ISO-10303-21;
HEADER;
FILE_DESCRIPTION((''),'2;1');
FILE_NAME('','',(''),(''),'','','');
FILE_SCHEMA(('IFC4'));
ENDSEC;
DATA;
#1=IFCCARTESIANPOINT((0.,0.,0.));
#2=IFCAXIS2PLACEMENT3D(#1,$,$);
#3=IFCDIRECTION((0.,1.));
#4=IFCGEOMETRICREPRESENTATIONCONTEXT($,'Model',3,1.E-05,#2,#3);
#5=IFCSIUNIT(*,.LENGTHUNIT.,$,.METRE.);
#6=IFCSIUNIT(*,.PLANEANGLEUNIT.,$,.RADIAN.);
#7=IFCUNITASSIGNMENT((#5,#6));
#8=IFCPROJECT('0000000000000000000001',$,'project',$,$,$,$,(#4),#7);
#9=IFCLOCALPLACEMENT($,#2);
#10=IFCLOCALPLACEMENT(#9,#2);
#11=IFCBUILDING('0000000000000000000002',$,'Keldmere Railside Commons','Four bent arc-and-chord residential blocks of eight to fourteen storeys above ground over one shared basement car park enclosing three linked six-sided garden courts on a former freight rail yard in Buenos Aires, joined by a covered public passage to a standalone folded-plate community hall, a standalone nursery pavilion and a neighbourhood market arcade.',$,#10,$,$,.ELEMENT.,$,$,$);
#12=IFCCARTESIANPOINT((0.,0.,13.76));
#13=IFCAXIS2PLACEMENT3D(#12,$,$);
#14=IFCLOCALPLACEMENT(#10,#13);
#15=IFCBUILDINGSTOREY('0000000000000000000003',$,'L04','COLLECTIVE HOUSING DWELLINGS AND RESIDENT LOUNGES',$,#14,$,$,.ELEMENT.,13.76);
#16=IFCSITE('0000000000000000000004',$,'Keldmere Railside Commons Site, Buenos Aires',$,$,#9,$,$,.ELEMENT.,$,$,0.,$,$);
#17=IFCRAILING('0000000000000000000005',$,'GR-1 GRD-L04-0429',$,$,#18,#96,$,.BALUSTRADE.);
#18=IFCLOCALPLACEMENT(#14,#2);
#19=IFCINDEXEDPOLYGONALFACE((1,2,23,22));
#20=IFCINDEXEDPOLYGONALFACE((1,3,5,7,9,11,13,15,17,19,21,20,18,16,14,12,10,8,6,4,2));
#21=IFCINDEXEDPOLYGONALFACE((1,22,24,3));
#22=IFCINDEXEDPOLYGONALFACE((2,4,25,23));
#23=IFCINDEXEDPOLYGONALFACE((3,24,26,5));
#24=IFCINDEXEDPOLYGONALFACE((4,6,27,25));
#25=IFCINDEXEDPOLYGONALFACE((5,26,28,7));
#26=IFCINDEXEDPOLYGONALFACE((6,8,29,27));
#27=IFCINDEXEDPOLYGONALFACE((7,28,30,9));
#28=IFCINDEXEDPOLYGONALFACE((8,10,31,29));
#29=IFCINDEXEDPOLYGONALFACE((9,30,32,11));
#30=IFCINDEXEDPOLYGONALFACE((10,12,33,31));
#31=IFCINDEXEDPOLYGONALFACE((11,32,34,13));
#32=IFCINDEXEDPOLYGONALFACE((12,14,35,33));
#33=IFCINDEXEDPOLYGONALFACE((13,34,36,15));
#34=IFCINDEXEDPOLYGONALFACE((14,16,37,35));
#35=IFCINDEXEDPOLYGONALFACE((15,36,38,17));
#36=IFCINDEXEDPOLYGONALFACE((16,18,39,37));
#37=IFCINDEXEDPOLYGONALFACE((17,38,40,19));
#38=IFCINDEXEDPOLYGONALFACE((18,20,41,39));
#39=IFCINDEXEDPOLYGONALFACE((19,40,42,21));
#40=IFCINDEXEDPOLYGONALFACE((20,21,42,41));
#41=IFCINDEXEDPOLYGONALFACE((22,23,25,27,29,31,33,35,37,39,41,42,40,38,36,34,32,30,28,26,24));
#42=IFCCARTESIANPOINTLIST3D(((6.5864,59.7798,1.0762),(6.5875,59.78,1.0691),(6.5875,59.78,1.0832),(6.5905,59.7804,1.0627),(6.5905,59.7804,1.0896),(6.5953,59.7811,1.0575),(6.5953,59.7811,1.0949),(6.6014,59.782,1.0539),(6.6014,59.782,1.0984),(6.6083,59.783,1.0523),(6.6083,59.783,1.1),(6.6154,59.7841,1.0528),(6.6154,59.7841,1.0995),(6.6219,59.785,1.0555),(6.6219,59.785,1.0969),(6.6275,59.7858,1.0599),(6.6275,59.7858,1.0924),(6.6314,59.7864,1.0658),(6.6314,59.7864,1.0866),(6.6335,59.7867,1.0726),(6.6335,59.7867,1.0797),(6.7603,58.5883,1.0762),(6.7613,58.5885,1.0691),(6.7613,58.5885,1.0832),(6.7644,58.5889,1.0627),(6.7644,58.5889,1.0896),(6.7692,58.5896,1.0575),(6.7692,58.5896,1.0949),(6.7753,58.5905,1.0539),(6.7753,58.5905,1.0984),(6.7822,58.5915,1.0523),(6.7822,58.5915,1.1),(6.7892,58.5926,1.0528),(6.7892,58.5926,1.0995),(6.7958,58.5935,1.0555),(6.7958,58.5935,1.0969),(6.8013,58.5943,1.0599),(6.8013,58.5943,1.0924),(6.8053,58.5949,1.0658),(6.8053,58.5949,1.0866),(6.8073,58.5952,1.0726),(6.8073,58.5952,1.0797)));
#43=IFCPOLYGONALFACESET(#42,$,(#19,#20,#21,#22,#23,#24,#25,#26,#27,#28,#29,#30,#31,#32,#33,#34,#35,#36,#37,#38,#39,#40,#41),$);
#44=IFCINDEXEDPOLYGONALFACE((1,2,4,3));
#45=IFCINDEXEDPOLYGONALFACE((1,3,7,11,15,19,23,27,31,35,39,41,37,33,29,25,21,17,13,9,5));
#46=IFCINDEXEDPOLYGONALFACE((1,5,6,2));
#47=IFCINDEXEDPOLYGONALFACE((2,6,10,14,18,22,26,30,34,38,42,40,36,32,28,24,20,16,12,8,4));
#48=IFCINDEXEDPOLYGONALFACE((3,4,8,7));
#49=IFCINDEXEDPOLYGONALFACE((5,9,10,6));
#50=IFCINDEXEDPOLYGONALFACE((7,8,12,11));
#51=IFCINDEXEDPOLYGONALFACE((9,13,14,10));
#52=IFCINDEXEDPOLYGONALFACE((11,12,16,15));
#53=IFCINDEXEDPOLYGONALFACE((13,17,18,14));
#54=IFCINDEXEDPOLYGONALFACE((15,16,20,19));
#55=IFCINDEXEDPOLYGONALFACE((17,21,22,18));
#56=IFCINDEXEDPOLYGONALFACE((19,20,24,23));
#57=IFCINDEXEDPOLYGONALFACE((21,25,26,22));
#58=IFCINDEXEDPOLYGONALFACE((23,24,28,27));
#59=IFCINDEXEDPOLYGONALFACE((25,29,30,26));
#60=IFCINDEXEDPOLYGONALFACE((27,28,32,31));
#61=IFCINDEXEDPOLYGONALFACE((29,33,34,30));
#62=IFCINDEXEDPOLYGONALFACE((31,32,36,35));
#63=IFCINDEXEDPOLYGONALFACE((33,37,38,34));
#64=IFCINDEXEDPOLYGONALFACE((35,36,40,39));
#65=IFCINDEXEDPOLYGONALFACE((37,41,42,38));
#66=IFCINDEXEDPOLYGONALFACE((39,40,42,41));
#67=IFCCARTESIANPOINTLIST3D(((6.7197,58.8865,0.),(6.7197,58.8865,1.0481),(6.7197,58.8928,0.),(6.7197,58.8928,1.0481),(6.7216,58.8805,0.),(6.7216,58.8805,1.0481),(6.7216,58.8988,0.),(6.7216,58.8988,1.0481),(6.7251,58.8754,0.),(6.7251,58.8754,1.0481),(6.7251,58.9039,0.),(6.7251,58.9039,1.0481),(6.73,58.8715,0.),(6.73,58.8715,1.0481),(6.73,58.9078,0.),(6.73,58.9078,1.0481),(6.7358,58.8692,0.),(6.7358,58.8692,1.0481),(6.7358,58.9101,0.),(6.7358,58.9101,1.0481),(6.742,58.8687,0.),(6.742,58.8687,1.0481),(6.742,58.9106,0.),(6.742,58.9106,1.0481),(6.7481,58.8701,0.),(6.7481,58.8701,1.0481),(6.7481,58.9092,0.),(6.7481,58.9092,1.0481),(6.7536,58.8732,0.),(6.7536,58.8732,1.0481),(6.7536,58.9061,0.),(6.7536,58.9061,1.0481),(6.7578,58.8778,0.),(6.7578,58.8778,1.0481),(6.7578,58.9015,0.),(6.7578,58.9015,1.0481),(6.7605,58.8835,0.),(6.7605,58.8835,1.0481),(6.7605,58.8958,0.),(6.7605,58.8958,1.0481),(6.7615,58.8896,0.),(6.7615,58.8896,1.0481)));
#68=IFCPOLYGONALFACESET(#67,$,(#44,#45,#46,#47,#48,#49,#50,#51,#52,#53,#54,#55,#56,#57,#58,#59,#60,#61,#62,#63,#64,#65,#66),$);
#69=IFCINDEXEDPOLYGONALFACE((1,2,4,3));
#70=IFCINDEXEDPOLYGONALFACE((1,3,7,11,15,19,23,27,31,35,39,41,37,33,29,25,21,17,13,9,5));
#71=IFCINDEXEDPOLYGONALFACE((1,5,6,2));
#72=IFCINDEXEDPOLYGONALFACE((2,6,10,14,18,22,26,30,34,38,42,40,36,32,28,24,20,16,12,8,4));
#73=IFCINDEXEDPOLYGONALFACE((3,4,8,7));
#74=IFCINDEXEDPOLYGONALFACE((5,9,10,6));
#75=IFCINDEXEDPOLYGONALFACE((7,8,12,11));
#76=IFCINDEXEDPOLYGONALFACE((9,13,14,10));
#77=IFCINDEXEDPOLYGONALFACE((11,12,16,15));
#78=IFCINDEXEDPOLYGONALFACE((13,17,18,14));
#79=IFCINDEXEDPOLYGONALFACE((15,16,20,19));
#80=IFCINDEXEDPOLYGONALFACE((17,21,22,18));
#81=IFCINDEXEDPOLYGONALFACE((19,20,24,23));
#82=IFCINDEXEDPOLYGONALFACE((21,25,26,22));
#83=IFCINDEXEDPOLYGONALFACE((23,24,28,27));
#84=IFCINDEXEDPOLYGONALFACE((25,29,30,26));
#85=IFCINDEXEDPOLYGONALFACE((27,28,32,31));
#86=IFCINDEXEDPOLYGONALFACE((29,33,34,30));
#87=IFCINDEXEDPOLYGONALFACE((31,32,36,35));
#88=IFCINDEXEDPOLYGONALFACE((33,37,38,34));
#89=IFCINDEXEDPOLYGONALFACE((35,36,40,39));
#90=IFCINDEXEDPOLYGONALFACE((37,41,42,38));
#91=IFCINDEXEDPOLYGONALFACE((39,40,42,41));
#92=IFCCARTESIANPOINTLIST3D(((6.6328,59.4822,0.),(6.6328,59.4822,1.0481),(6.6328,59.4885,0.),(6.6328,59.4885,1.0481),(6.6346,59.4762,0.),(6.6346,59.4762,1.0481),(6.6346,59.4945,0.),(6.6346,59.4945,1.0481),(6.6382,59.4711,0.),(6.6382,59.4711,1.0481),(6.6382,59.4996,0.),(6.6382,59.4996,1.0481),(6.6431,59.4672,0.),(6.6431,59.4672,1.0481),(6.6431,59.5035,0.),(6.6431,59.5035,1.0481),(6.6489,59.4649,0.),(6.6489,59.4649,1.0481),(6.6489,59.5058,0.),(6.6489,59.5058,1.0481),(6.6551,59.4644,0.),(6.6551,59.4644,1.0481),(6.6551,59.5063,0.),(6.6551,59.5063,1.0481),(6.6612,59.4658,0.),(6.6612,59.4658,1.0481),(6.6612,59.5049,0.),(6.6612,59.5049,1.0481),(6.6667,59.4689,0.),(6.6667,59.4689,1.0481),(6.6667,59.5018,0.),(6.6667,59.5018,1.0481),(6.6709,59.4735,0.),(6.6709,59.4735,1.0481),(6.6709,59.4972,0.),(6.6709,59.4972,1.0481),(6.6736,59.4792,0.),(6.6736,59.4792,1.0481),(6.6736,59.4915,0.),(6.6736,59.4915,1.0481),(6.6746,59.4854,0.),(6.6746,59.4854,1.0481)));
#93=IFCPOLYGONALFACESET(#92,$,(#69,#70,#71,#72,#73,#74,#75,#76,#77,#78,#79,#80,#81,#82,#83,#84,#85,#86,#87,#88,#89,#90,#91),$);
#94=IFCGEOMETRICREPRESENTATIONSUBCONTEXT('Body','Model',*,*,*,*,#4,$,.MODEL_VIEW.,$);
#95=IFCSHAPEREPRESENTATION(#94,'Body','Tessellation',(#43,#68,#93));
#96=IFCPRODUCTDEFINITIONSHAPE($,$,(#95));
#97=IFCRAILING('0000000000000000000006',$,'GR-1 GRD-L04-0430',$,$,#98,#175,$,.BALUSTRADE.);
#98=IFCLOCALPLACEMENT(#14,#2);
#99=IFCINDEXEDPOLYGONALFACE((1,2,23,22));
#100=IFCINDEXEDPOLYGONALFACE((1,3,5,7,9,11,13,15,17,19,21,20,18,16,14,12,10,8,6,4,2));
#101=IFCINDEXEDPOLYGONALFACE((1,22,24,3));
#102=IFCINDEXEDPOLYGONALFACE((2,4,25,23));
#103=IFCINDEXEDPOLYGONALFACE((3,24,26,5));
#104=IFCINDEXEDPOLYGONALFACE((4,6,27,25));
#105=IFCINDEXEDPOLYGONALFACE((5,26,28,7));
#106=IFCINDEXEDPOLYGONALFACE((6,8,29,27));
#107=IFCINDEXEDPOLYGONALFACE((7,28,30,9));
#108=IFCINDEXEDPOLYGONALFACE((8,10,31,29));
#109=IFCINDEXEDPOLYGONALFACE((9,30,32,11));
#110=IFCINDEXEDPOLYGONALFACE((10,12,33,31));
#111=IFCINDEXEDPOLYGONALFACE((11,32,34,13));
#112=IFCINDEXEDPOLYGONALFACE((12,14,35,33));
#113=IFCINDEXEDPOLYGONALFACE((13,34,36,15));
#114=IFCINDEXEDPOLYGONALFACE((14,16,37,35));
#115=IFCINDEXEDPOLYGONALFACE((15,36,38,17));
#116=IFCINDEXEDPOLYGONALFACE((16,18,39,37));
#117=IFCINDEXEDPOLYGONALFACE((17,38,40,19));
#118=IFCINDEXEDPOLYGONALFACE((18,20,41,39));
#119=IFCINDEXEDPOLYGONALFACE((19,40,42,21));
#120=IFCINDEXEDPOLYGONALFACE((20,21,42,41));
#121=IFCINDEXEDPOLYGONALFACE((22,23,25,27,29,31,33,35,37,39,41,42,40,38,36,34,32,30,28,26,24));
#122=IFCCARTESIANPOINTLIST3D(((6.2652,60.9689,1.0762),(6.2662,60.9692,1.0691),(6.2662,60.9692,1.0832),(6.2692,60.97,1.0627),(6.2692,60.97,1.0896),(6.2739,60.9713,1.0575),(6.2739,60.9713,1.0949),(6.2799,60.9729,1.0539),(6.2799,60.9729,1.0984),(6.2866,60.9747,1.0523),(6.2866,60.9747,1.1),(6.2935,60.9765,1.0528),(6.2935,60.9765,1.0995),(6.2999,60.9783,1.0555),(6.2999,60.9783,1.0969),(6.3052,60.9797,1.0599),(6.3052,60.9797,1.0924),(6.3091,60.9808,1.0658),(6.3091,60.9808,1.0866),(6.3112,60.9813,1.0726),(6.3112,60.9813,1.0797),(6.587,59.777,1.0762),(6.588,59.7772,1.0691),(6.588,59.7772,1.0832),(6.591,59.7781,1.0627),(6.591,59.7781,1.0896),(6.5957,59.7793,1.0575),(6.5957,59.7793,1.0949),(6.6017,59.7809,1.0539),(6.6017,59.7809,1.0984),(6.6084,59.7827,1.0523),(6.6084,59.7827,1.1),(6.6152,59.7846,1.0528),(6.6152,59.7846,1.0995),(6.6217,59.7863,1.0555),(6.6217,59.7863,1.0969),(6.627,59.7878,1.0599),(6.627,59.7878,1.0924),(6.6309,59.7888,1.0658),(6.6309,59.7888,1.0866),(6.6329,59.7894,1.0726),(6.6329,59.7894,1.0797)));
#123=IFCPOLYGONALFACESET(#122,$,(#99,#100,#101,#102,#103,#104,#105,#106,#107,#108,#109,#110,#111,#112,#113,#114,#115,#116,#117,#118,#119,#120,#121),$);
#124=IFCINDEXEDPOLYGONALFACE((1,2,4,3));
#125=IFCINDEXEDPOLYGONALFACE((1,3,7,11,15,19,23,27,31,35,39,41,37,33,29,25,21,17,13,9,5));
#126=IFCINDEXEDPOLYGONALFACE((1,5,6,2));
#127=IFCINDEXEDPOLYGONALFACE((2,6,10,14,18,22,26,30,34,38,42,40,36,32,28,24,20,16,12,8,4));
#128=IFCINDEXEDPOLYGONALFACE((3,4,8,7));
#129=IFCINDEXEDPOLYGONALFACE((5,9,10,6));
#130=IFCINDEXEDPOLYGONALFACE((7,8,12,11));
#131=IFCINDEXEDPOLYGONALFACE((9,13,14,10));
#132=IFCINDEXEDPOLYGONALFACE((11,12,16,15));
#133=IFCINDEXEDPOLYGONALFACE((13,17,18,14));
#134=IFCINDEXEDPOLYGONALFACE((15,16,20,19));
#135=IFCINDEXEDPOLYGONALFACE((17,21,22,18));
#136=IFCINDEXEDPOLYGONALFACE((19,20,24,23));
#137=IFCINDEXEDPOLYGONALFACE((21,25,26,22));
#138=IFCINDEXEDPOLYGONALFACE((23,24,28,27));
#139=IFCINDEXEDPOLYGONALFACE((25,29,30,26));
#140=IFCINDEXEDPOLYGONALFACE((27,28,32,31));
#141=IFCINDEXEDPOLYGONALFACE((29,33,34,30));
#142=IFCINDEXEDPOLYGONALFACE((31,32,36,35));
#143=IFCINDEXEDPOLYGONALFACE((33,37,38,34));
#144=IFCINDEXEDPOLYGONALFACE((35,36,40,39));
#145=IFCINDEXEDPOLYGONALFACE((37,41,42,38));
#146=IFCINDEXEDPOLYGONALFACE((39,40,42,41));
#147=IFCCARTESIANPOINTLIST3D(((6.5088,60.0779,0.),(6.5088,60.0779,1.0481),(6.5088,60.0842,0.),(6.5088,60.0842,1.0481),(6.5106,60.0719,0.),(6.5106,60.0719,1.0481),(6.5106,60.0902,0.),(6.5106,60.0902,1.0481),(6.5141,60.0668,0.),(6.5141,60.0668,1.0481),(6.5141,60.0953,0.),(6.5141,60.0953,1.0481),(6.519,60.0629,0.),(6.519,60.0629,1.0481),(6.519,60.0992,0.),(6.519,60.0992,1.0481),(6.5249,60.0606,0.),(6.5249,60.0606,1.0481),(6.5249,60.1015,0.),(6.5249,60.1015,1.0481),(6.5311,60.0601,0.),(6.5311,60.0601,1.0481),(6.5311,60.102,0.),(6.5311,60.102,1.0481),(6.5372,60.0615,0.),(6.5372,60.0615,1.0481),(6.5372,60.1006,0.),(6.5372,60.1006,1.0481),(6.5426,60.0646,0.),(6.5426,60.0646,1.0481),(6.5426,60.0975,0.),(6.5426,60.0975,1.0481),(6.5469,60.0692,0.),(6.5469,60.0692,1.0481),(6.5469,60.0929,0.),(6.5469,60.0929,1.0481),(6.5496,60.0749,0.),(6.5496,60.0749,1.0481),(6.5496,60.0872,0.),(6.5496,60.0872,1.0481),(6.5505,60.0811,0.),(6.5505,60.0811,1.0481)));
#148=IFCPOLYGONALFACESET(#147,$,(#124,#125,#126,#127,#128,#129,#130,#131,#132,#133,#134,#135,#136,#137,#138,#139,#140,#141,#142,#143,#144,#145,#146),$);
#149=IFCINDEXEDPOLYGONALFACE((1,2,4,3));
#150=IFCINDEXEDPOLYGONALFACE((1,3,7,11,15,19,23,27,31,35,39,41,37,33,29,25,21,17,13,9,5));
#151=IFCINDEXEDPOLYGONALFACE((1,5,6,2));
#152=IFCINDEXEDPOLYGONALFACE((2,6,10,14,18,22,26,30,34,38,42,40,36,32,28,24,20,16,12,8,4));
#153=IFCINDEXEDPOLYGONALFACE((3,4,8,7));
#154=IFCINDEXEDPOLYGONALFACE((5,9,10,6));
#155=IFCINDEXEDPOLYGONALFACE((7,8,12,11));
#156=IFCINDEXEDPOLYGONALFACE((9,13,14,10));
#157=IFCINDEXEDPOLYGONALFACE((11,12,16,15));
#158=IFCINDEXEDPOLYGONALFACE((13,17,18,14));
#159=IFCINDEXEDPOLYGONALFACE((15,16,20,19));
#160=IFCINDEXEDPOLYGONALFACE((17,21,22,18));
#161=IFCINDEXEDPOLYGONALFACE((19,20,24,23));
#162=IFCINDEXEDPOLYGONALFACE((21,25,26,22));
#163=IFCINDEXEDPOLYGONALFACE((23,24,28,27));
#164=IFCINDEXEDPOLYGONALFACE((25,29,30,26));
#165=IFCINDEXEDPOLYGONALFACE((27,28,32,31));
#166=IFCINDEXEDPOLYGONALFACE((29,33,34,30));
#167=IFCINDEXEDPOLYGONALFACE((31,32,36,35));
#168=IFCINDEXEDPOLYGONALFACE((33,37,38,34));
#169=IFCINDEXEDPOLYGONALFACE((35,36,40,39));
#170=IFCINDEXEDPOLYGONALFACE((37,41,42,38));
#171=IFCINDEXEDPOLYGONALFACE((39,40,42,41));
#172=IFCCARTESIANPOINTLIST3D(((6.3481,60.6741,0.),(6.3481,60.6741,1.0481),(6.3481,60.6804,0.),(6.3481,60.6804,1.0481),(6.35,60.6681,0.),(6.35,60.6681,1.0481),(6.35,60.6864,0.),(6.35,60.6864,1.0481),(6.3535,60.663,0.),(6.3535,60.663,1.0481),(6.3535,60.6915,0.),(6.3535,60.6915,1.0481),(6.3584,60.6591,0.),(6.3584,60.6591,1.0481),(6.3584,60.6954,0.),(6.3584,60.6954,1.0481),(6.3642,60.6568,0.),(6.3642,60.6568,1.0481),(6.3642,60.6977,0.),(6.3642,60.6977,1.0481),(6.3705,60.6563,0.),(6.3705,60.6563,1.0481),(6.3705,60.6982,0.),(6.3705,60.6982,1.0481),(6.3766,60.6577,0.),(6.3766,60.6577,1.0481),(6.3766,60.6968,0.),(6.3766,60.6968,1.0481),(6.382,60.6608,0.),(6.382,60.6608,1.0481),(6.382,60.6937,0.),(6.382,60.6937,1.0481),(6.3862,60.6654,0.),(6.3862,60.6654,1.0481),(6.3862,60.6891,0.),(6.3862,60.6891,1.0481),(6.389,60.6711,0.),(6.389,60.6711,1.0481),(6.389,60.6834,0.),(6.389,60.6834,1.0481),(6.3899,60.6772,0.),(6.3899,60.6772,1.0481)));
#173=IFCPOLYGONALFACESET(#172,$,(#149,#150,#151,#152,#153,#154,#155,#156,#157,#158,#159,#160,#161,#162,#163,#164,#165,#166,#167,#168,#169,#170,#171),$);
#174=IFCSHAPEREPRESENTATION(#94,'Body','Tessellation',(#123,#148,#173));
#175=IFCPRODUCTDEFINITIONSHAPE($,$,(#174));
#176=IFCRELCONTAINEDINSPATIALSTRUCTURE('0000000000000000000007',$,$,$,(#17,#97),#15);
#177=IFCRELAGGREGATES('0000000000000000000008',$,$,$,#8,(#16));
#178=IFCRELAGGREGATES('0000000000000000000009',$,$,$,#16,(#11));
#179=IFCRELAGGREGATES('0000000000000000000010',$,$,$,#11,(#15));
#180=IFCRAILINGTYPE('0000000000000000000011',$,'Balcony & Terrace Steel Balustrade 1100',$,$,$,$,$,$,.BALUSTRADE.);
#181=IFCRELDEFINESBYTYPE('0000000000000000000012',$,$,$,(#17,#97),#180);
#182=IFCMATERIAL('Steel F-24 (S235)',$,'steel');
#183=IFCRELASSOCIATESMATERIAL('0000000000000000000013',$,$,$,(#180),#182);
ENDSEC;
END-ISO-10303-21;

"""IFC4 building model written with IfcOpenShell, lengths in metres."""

from ifc_helpers import new_model, si_unit, direction, frame, origin, origin_2d, place, context, subcontext, project, spatial, circle, extrude, material, type_object, element, save


model = new_model("IFC4")

# Units and contexts
model_context = context("Model", 3, precision=1e-05, world=origin(), true_north=direction((0.0, 1.0)))
body_context = subcontext(model_context, "Body", "Model", "MODEL_VIEW")
ifc_project = project(units=[si_unit("LENGTHUNIT", "METRE"), si_unit("PLANEANGLEUNIT", "RADIAN")], contexts=[model_context])

# Site, building, storey
site_placement = place(None, origin())
site = spatial("IfcSite", under=ifc_project, at=site_placement, Name="Keldmere Railside Commons Site, Buenos Aires", CompositionType="ELEMENT", RefElevation=0.0)
building_placement = place(site_placement, origin())
building = spatial("IfcBuilding", under=site, at=building_placement, Name="Keldmere Railside Commons", Description="Four bent arc-and-chord residential blocks of eight to fourteen storeys above ground over one shared basement car park enclosing three linked six-sided garden courts on a former freight rail yard in Buenos Aires, joined by a covered public passage to a standalone folded-plate community hall, a standalone nursery pavilion and a neighbourhood market arcade.", CompositionType="ELEMENT")
storey_placement = place(building_placement, frame((0.0, 0.0, 13.76)))
storey = spatial("IfcBuildingStorey", under=building, at=storey_placement, Name="L04", Description="COLLECTIVE HOUSING DWELLINGS AND RESIDENT LOUNGES", CompositionType="ELEMENT", Elevation=13.76)

# Railings
ifc_material_1 = material(Name="Steel F-24 (S235)", Category="steel")
railing_type_1 = type_object("IfcRailingType", Name="Balcony & Terrace Steel Balustrade 1100", PredefinedType="BALUSTRADE", material=ifc_material_1)
railing_1_placement = place(storey_placement, frame((6.7839, 58.5918, 0.0)))
element("IfcRailing", 1, at=railing_1_placement, inside=storey, type_object=railing_type_1, Name="GR-1 GRD-L04-0429", PredefinedType="BALUSTRADE", context=body_context, shape_type="SweptSolid", body=[
    extrude(circle(Radius=0.0239, at=origin_2d()), frame((0.0, 0.0, 1.0762), z_axis=(-0.144373, 0.989523, 0.0), x_axis=(-0.989523, -0.144373, 0.0)), (0.0, 0.0, 1.0), 1.2041),
    extrude(circle(Radius=0.021, at=origin_2d()), frame((-0.0435, 0.2979, 0.0)), (0.0, 0.0, 1.0), 1.0481),
    extrude(circle(Radius=0.021, at=origin_2d()), frame((-0.1304, 0.8936, 0.0)), (0.0, 0.0, 1.0), 1.0481),
])
railing_2_placement = place(storey_placement, frame((6.6101, 59.7832, 0.0)))
element("IfcRailing", 2, at=railing_2_placement, inside=storey, type_object=railing_type_1, Name="GR-1 GRD-L04-0430", PredefinedType="BALUSTRADE", context=body_context, shape_type="SweptSolid", body=[
    extrude(circle(Radius=0.0239, at=origin_2d()), frame((0.0, 0.0, 1.0762), z_axis=(-0.26064, 0.965436, 0.0), x_axis=(-0.965436, -0.26064, 0.0)), (0.0, 0.0, 1.0), 1.2346),
    extrude(circle(Radius=0.021, at=origin_2d()), frame((-0.0806, 0.2979, 0.0)), (0.0, 0.0, 1.0), 1.0481),
    extrude(circle(Radius=0.021, at=origin_2d()), frame((-0.2412, 0.894, 0.0)), (0.0, 0.0, 1.0), 1.0481),
])

save(model, "model.ifc")
